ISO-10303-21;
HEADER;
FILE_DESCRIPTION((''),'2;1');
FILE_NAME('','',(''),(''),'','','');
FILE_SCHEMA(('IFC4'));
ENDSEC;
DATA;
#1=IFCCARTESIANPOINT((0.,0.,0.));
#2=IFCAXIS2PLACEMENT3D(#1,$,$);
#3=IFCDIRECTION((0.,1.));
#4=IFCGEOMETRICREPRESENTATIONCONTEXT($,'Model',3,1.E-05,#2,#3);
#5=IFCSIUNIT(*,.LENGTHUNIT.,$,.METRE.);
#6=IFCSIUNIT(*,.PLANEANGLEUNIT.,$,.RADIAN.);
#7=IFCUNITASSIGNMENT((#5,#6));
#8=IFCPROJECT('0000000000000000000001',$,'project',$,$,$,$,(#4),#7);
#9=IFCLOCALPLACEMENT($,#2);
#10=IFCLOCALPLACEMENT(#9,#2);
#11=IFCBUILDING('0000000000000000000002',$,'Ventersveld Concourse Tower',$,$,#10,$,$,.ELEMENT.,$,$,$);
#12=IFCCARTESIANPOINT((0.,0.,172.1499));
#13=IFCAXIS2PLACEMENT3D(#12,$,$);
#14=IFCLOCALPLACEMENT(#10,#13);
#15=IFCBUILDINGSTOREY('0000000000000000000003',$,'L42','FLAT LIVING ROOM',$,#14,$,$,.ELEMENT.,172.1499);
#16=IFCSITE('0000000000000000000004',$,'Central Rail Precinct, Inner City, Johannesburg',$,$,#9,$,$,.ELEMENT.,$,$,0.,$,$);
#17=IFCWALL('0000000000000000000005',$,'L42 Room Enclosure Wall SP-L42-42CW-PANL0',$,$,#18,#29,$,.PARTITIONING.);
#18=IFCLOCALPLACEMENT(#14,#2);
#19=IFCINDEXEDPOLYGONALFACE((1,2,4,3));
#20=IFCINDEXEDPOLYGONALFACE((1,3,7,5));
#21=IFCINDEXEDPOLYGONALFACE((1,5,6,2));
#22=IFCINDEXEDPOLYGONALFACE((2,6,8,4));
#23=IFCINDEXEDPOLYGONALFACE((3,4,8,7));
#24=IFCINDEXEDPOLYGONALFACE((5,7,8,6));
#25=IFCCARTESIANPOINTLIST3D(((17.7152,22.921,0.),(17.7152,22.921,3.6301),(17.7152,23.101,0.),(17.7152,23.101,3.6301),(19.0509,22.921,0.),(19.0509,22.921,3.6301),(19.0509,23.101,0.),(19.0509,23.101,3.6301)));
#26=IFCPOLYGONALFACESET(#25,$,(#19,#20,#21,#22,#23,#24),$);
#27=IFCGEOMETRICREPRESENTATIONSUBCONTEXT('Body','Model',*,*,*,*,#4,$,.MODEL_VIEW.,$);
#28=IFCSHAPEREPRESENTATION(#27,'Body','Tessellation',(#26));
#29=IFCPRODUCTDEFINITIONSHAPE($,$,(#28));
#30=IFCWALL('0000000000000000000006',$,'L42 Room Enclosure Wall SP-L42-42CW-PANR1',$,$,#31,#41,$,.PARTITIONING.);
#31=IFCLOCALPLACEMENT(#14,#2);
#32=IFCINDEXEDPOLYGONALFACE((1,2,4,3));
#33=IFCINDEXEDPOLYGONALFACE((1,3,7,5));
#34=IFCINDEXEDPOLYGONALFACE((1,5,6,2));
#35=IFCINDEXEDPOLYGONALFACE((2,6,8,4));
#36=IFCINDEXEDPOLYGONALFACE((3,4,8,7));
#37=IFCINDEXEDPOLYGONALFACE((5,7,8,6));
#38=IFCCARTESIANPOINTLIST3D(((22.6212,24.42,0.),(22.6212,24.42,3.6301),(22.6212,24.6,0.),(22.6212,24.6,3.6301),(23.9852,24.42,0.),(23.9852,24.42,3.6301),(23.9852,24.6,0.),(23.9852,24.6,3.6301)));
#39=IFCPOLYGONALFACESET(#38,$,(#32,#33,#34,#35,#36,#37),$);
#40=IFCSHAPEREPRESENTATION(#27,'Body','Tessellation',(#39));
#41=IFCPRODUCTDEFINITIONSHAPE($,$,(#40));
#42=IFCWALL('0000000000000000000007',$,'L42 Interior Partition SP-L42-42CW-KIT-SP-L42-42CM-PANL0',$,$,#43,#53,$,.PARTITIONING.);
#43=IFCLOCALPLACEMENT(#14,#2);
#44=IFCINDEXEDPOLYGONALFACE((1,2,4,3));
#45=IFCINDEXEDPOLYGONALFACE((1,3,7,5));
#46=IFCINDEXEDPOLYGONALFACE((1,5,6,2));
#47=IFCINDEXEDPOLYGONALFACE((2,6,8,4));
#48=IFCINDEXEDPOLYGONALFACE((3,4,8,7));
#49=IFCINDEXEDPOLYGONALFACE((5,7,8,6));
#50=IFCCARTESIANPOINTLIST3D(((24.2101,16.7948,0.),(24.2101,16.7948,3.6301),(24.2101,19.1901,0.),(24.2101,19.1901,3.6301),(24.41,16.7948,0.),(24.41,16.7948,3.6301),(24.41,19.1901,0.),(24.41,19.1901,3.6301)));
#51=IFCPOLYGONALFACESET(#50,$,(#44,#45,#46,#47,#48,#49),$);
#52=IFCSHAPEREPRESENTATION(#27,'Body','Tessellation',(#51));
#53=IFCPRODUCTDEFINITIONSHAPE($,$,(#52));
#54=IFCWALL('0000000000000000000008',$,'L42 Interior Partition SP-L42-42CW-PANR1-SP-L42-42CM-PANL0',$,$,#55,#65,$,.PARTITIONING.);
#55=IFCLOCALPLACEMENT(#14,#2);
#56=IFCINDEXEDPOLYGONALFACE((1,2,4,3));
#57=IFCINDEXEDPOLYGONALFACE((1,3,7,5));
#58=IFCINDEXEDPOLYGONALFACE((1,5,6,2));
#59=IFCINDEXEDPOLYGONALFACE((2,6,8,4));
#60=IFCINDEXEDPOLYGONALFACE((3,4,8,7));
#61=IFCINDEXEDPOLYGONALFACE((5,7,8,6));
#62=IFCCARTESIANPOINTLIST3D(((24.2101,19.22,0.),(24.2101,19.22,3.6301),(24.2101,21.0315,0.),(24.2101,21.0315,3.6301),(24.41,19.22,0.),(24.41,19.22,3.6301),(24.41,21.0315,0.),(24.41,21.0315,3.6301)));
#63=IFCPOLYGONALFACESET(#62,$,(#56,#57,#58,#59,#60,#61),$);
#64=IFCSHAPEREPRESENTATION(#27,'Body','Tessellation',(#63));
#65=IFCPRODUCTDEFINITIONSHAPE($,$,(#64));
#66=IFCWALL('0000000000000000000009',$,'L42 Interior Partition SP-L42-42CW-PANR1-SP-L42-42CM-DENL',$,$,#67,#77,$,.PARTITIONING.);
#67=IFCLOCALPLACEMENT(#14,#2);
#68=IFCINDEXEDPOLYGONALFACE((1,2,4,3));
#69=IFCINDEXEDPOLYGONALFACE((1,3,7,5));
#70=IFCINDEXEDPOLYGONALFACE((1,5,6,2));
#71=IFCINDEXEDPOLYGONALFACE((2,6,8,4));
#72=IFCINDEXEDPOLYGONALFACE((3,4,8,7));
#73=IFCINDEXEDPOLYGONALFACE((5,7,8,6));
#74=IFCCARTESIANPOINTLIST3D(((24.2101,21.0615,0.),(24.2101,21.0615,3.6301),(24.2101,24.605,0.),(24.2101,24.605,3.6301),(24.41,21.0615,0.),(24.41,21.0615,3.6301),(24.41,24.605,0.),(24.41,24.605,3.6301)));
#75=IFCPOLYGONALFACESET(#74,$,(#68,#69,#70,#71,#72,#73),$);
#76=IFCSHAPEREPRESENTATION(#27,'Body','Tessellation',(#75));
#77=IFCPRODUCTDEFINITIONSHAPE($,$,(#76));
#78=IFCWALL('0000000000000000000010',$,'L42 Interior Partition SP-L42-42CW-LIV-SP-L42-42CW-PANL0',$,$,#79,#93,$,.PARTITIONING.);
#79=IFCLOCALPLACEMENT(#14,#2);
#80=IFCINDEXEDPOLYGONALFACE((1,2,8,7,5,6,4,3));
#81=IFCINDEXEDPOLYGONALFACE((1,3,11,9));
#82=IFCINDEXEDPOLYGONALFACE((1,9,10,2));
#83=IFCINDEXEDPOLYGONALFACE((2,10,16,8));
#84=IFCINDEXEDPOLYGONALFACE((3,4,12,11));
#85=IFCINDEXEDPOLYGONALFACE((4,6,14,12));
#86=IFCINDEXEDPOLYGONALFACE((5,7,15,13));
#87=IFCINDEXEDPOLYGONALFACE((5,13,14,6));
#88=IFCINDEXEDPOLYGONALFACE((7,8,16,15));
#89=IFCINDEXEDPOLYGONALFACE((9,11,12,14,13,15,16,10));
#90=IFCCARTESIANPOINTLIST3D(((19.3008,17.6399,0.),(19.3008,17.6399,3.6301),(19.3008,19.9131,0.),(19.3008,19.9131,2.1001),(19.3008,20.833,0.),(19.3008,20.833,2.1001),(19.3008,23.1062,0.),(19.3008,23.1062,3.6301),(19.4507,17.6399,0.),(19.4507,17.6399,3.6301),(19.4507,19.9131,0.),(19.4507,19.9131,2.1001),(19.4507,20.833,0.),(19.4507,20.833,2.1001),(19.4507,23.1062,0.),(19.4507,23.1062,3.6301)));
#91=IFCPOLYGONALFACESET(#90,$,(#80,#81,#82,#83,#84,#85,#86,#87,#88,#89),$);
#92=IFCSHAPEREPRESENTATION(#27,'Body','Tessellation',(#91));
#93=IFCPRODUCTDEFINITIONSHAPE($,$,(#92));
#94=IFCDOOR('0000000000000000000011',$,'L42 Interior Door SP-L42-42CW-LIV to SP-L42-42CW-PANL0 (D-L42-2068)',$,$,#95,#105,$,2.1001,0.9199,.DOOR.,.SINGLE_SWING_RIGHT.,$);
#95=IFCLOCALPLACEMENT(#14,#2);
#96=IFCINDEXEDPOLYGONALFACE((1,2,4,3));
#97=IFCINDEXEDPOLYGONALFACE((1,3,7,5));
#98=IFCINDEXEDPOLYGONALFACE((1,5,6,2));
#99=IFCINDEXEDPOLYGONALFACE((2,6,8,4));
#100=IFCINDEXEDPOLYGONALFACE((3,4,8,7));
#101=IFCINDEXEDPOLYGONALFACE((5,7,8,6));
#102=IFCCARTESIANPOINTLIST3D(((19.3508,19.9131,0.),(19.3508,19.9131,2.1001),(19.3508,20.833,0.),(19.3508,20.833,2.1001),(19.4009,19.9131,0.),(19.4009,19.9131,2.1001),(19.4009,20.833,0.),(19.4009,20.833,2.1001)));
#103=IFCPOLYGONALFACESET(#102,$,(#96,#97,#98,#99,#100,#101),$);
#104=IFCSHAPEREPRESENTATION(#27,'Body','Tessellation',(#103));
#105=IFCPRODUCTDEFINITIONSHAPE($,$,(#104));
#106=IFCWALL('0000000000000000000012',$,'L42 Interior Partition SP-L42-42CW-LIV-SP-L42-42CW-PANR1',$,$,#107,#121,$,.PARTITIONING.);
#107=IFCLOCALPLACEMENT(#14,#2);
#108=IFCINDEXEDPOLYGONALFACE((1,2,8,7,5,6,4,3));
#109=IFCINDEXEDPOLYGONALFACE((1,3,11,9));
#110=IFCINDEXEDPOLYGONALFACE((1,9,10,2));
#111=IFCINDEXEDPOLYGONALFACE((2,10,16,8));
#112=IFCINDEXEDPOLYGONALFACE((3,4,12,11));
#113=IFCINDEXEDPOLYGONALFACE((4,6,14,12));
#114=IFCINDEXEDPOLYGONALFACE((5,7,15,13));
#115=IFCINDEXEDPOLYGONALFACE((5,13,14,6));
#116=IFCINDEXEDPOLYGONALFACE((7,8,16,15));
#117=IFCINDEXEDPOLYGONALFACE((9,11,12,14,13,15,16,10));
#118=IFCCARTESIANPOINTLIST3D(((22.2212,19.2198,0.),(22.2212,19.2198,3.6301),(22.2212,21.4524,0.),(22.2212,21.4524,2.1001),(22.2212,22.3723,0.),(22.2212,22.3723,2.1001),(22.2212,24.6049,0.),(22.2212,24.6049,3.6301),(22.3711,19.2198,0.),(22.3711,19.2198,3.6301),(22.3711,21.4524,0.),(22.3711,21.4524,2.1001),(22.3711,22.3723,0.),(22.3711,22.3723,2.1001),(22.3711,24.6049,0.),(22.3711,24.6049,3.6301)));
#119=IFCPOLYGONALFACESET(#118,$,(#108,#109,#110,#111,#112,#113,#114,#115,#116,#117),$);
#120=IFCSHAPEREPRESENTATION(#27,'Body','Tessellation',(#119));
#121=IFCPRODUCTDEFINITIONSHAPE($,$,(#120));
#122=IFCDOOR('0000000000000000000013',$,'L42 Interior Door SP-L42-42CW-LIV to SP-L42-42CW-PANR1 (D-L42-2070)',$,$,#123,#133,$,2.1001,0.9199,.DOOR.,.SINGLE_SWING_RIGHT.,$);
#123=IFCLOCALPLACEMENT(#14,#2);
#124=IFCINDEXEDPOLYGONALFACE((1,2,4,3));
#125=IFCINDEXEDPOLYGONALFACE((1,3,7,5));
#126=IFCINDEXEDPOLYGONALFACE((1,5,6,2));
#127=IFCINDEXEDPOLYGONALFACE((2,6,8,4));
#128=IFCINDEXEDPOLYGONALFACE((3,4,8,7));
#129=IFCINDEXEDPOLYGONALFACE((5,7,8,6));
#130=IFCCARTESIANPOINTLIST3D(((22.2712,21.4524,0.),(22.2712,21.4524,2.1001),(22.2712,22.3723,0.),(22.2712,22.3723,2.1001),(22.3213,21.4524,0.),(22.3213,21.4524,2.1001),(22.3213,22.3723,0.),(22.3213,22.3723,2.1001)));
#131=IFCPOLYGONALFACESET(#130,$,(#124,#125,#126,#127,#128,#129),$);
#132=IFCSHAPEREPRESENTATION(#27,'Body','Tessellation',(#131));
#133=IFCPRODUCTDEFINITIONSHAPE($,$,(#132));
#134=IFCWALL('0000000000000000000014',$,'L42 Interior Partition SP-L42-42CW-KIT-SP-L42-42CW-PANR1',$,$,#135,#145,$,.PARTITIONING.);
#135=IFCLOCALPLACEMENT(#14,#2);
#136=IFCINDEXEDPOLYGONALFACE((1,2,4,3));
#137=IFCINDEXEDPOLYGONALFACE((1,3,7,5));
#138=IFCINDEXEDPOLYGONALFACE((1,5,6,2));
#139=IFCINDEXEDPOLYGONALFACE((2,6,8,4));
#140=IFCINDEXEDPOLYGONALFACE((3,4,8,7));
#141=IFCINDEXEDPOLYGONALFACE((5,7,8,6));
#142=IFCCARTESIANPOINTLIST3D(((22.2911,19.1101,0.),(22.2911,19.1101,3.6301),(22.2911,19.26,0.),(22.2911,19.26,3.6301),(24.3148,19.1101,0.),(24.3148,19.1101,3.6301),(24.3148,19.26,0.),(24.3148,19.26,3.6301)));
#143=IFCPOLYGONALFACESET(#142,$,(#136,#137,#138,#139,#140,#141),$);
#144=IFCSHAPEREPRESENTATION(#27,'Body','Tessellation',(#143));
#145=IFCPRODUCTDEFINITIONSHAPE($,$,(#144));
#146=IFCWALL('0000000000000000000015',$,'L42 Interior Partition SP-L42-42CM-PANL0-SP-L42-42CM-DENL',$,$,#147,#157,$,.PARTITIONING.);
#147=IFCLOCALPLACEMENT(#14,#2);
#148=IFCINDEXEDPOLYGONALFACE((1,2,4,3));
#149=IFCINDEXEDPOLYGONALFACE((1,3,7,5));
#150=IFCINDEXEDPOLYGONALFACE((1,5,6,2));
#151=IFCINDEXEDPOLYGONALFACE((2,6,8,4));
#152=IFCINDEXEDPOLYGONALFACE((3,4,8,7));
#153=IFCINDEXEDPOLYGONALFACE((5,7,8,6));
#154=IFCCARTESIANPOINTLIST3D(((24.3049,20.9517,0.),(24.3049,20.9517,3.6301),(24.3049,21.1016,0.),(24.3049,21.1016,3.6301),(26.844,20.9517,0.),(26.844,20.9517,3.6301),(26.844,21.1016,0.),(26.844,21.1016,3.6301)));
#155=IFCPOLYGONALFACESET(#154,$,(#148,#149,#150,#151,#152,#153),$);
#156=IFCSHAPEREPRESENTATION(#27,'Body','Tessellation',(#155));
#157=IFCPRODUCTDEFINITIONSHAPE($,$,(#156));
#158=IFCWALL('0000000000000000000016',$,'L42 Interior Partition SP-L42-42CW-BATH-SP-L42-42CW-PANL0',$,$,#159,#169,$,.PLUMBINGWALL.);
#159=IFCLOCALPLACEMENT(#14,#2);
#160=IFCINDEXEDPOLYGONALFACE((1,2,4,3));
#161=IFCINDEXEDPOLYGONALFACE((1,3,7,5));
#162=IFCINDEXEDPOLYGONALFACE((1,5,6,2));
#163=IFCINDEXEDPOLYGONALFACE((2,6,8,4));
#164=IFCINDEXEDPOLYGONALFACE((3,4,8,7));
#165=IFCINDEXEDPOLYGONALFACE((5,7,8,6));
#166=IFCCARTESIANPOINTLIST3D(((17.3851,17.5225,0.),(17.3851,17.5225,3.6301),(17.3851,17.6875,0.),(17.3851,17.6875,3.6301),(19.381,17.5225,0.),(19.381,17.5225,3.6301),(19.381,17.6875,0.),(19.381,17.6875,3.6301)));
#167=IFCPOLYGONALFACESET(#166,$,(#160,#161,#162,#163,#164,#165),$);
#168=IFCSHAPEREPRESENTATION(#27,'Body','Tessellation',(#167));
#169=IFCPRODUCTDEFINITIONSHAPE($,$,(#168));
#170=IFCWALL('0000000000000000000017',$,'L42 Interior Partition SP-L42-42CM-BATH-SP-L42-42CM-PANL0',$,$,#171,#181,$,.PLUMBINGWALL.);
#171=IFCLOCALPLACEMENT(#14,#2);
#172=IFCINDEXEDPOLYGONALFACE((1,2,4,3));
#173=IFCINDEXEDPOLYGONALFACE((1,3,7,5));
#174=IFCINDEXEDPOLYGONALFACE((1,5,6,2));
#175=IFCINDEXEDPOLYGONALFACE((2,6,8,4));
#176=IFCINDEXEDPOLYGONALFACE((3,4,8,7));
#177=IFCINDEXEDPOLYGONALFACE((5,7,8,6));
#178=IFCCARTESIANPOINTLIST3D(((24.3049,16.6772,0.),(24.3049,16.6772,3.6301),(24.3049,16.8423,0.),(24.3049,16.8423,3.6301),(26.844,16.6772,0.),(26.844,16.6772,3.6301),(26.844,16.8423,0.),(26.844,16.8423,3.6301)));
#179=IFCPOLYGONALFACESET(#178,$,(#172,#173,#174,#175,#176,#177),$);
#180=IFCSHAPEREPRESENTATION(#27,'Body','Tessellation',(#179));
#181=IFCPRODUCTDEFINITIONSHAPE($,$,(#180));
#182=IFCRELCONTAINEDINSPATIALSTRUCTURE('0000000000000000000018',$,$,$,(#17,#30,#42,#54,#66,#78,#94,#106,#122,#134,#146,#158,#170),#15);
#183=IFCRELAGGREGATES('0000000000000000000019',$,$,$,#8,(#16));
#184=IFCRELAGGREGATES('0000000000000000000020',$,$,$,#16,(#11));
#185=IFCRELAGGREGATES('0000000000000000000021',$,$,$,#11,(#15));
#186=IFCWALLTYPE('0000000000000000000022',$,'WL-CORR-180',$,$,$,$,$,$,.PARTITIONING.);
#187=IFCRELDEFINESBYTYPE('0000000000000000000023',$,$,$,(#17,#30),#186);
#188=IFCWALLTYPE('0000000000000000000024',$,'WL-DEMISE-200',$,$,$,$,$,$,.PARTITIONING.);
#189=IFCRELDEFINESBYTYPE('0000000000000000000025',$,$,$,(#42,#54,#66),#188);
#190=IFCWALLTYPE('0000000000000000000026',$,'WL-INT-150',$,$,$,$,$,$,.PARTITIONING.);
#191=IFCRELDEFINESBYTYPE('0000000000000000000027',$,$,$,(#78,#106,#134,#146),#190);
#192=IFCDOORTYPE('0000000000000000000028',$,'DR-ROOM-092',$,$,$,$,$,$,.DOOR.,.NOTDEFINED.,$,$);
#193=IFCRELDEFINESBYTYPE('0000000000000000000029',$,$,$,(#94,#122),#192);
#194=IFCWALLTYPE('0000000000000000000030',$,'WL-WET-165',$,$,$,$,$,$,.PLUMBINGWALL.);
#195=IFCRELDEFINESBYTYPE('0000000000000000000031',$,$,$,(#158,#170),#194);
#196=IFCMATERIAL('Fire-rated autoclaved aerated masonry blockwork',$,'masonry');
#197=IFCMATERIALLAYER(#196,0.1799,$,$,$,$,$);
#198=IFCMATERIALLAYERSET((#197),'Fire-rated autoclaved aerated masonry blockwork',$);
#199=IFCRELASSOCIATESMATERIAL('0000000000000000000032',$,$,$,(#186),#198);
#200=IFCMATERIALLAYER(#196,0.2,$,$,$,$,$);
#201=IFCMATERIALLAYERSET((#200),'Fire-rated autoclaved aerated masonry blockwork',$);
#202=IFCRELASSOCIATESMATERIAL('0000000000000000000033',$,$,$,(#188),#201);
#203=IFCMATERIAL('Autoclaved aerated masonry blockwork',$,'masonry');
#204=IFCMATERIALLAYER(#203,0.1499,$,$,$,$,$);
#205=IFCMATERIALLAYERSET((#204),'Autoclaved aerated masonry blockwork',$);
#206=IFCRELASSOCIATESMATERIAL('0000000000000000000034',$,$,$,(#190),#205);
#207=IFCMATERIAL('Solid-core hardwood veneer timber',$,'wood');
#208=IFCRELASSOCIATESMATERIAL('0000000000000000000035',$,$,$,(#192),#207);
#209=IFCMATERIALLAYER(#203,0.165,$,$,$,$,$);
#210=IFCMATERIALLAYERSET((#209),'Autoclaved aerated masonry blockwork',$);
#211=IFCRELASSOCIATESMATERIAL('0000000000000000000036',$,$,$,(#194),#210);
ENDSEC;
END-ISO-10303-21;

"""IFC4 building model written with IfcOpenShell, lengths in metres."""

from ifc_helpers import new_model, si_unit, direction, frame, frame_2d, origin, place, context, subcontext, project, spatial, rectangle, extrude, material, layer, layer_set, type_object, element, fill, save


model = new_model("IFC4")

# Units and contexts
model_context = context("Model", 3, precision=1e-05, world=origin(), true_north=direction((0.0, 1.0)))
body_context = subcontext(model_context, "Body", "Model", "MODEL_VIEW")
ifc_project = project(units=[si_unit("LENGTHUNIT", "METRE"), si_unit("PLANEANGLEUNIT", "RADIAN")], contexts=[model_context])

# Site, building, storey
site_placement = place(None, origin())
site = spatial("IfcSite", under=ifc_project, at=site_placement, Name="Central Rail Precinct, Inner City, Johannesburg", CompositionType="ELEMENT", RefElevation=0.0)
building_placement = place(site_placement, origin())
building = spatial("IfcBuilding", under=site, at=building_placement, Name="Ventersveld Concourse Tower", CompositionType="ELEMENT")
storey_placement = place(building_placement, frame((0.0, 0.0, 172.1499)))
storey = spatial("IfcBuildingStorey", under=building, at=storey_placement, Name="L42", Description="FLAT LIVING ROOM", CompositionType="ELEMENT", Elevation=172.1499)

# Walls
ifc_material_1 = material(Name="Fire-rated autoclaved aerated masonry blockwork", Category="masonry")
ifc_layer_1 = layer(ifc_material_1, 0.1799)
ifc_layer_set_1 = layer_set([ifc_layer_1], Name="Fire-rated autoclaved aerated masonry blockwork")
wall_type_1 = type_object("IfcWallType", Name="WL-CORR-180", PredefinedType="PARTITIONING", material=ifc_layer_set_1)
wall_1_placement = place(storey_placement, frame((17.7151, 23.011, 0.0), z_axis=(0.0, 0.0, 1.0), x_axis=(1.0, 0.0, 0.0)))
element("IfcWall", 1, at=wall_1_placement, inside=storey, type_object=wall_type_1, Name="L42 Room Enclosure Wall SP-L42-42CW-PANL0", PredefinedType="PARTITIONING", context=body_context, shape_type="SweptSolid", body=[
    extrude(rectangle(XDim=1.3357, YDim=0.1799, at=frame_2d((0.668, 0.0))), origin(), (0.0, 0.0, 1.0), 3.6301),
])
wall_2_placement = place(storey_placement, frame((22.6211, 24.51, 0.0), z_axis=(0.0, 0.0, 1.0), x_axis=(1.0, 0.0, 0.0)))
element("IfcWall", 2, at=wall_2_placement, inside=storey, type_object=wall_type_1, Name="L42 Room Enclosure Wall SP-L42-42CW-PANR1", PredefinedType="PARTITIONING", context=body_context, shape_type="SweptSolid", body=[
    extrude(rectangle(XDim=1.364, YDim=0.1799, at=frame_2d((0.6821, 0.0))), origin(), (0.0, 0.0, 1.0), 3.6301),
])
ifc_layer_2 = layer(ifc_material_1, 0.2)
ifc_layer_set_2 = layer_set([ifc_layer_2], Name="Fire-rated autoclaved aerated masonry blockwork")
wall_type_2 = type_object("IfcWallType", Name="WL-DEMISE-200", PredefinedType="PARTITIONING", material=ifc_layer_set_2)
wall_3_placement = place(storey_placement, frame((24.3101, 16.7947, 0.0), z_axis=(0.0, 0.0, 1.0), x_axis=(0.0, 1.0, 0.0)))
element("IfcWall", 3, at=wall_3_placement, inside=storey, type_object=wall_type_2, Name="L42 Interior Partition SP-L42-42CW-KIT-SP-L42-42CM-PANL0", PredefinedType="PARTITIONING", context=body_context, shape_type="SweptSolid", body=[
    extrude(rectangle(XDim=2.3953, YDim=0.2, at=frame_2d((1.1978, 0.0))), origin(), (0.0, 0.0, 1.0), 3.6301),
])
wall_4_placement = place(storey_placement, frame((24.3101, 19.22, 0.0), z_axis=(0.0, 0.0, 1.0), x_axis=(0.0, 1.0, 0.0)))
element("IfcWall", 4, at=wall_4_placement, inside=storey, type_object=wall_type_2, Name="L42 Interior Partition SP-L42-42CW-PANR1-SP-L42-42CM-PANL0", PredefinedType="PARTITIONING", context=body_context, shape_type="SweptSolid", body=[
    extrude(rectangle(XDim=1.8115, YDim=0.2, at=frame_2d((0.9058, 0.0))), origin(), (0.0, 0.0, 1.0), 3.6301),
])
wall_5_placement = place(storey_placement, frame((24.3101, 21.0615, 0.0), z_axis=(0.0, 0.0, 1.0), x_axis=(0.0, 1.0, 0.0)))
element("IfcWall", 5, at=wall_5_placement, inside=storey, type_object=wall_type_2, Name="L42 Interior Partition SP-L42-42CW-PANR1-SP-L42-42CM-DENL", PredefinedType="PARTITIONING", context=body_context, shape_type="SweptSolid", body=[
    extrude(rectangle(XDim=3.5435, YDim=0.2, at=frame_2d((1.7717, 0.0))), origin(), (0.0, 0.0, 1.0), 3.6301),
])

# Walls, openings, doors
ifc_material_2 = material(Name="Autoclaved aerated masonry blockwork", Category="masonry")
ifc_layer_3 = layer(ifc_material_2, 0.1499)
ifc_layer_set_3 = layer_set([ifc_layer_3], Name="Autoclaved aerated masonry blockwork")
wall_type_3 = type_object("IfcWallType", Name="WL-INT-150", PredefinedType="PARTITIONING", material=ifc_layer_set_3)
wall_6_placement = place(storey_placement, frame((19.3757, 17.6399, 0.0), z_axis=(0.0, 0.0, 1.0), x_axis=(0.0, 1.0, 0.0)))
wall_6 = element("IfcWall", 6, at=wall_6_placement, inside=storey, type_object=wall_type_3, Name="L42 Interior Partition SP-L42-42CW-LIV-SP-L42-42CW-PANL0", PredefinedType="PARTITIONING", context=body_context, shape_type="SweptSolid", body=[
    extrude(rectangle(XDim=5.4663, YDim=0.1499, at=frame_2d((2.7332, 0.0))), origin(), (0.0, 0.0, 1.0), 3.6301),
])
opening_1_placement = place(wall_6_placement, frame((2.2732, 0.0, 0.0)))
opening_1 = element("IfcOpeningElement", 7, at=opening_1_placement, cuts=wall_6, PredefinedType="OPENING", context=body_context, shape_type="SweptSolid", body=[
    extrude(rectangle(XDim=0.9199, YDim=2.1001, at=frame_2d((0.46, 1.05))), frame((0.0, 0.085, 0.0), z_axis=(0.0, -1.0, 0.0), x_axis=(1.0, 0.0, 0.0)), (0.0, 0.0, 1.0), 0.1699),
])
ifc_material_3 = material(Name="Solid-core hardwood veneer timber", Category="wood")
door_type = type_object("IfcDoorType", Name="DR-ROOM-092", OperationType="NOTDEFINED", PredefinedType="DOOR", material=ifc_material_3)
door_1_placement = place(opening_1_placement, origin())
door_1 = element("IfcDoor", 8, at=door_1_placement, inside=storey, type_object=door_type, Name="L42 Interior Door SP-L42-42CW-LIV to SP-L42-42CW-PANL0 (D-L42-2068)", OperationType="SINGLE_SWING_RIGHT", OverallHeight=2.1001, OverallWidth=0.9199, PredefinedType="DOOR", context=body_context, shape_type="SweptSolid", body=[
    extrude(rectangle(XDim=0.9199, YDim=2.1001, at=frame_2d((0.46, 1.05))), frame((0.0, 0.0249, 0.0), z_axis=(0.0, -1.0, 0.0), x_axis=(1.0, 0.0, 0.0)), (0.0, 0.0, 1.0), 0.05),
])
fill(opening_1, door_1)
wall_7_placement = place(storey_placement, frame((22.2961, 19.22, 0.0), z_axis=(0.0, 0.0, 1.0), x_axis=(0.0, 1.0, 0.0)))
wall_7 = element("IfcWall", 9, at=wall_7_placement, inside=storey, type_object=wall_type_3, Name="L42 Interior Partition SP-L42-42CW-LIV-SP-L42-42CW-PANR1", PredefinedType="PARTITIONING", context=body_context, shape_type="SweptSolid", body=[
    extrude(rectangle(XDim=5.385, YDim=0.1499, at=frame_2d((2.6924, 0.0))), origin(), (0.0, 0.0, 1.0), 3.6301),
])
opening_2_placement = place(wall_7_placement, frame((2.2324, 0.0, 0.0)))
opening_2 = element("IfcOpeningElement", 10, at=opening_2_placement, cuts=wall_7, PredefinedType="OPENING", context=body_context, shape_type="SweptSolid", body=[
    extrude(rectangle(XDim=0.9199, YDim=2.1001, at=frame_2d((0.46, 1.05))), frame((0.0, 0.085, 0.0), z_axis=(0.0, -1.0, 0.0), x_axis=(1.0, 0.0, 0.0)), (0.0, 0.0, 1.0), 0.1699),
])
door_2_placement = place(opening_2_placement, origin())
door_2 = element("IfcDoor", 11, at=door_2_placement, inside=storey, type_object=door_type, Name="L42 Interior Door SP-L42-42CW-LIV to SP-L42-42CW-PANR1 (D-L42-2070)", OperationType="SINGLE_SWING_RIGHT", OverallHeight=2.1001, OverallWidth=0.9199, PredefinedType="DOOR", context=body_context, shape_type="SweptSolid", body=[
    extrude(rectangle(XDim=0.9199, YDim=2.1001, at=frame_2d((0.46, 1.05))), frame((0.0, 0.0249, 0.0), z_axis=(0.0, -1.0, 0.0), x_axis=(1.0, 0.0, 0.0)), (0.0, 0.0, 1.0), 0.05),
])
fill(opening_2, door_2)

# Walls
wall_8_placement = place(storey_placement, frame((22.2913, 19.1851, 0.0), z_axis=(0.0, 0.0, 1.0), x_axis=(1.0, 0.0, 0.0)))
element("IfcWall", 12, at=wall_8_placement, inside=storey, type_object=wall_type_3, Name="L42 Interior Partition SP-L42-42CW-KIT-SP-L42-42CW-PANR1", PredefinedType="PARTITIONING", context=body_context, shape_type="SweptSolid", body=[
    extrude(rectangle(XDim=2.0237, YDim=0.1499, at=frame_2d((1.0117, 0.0))), origin(), (0.0, 0.0, 1.0), 3.6301),
])
wall_9_placement = place(storey_placement, frame((24.3049, 21.0266, 0.0), z_axis=(0.0, 0.0, 1.0), x_axis=(1.0, 0.0, 0.0)))
element("IfcWall", 13, at=wall_9_placement, inside=storey, type_object=wall_type_3, Name="L42 Interior Partition SP-L42-42CM-PANL0-SP-L42-42CM-DENL", PredefinedType="PARTITIONING", context=body_context, shape_type="SweptSolid", body=[
    extrude(rectangle(XDim=2.5391, YDim=0.1499, at=frame_2d((1.2695, 0.0))), origin(), (0.0, 0.0, 1.0), 3.6301),
])
ifc_layer_4 = layer(ifc_material_2, 0.165)
ifc_layer_set_4 = layer_set([ifc_layer_4], Name="Autoclaved aerated masonry blockwork")
wall_type_4 = type_object("IfcWallType", Name="WL-WET-165", PredefinedType="PLUMBINGWALL", material=ifc_layer_set_4)
wall_10_placement = place(storey_placement, frame((17.385, 17.605, 0.0), z_axis=(0.0, 0.0, 1.0), x_axis=(1.0, 0.0, 0.0)))
element("IfcWall", 14, at=wall_10_placement, inside=storey, type_object=wall_type_4, Name="L42 Interior Partition SP-L42-42CW-BATH-SP-L42-42CW-PANL0", PredefinedType="PLUMBINGWALL", context=body_context, shape_type="SweptSolid", body=[
    extrude(rectangle(XDim=1.9958, YDim=0.165, at=frame_2d((0.998, 0.0))), origin(), (0.0, 0.0, 1.0), 3.6301),
])
wall_11_placement = place(storey_placement, frame((24.3049, 16.7598, 0.0), z_axis=(0.0, 0.0, 1.0), x_axis=(1.0, 0.0, 0.0)))
element("IfcWall", 15, at=wall_11_placement, inside=storey, type_object=wall_type_4, Name="L42 Interior Partition SP-L42-42CM-BATH-SP-L42-42CM-PANL0", PredefinedType="PLUMBINGWALL", context=body_context, shape_type="SweptSolid", body=[
    extrude(rectangle(XDim=2.5391, YDim=0.165, at=frame_2d((1.2695, 0.0))), origin(), (0.0, 0.0, 1.0), 3.6301),
])

save(model, "model.ifc")
